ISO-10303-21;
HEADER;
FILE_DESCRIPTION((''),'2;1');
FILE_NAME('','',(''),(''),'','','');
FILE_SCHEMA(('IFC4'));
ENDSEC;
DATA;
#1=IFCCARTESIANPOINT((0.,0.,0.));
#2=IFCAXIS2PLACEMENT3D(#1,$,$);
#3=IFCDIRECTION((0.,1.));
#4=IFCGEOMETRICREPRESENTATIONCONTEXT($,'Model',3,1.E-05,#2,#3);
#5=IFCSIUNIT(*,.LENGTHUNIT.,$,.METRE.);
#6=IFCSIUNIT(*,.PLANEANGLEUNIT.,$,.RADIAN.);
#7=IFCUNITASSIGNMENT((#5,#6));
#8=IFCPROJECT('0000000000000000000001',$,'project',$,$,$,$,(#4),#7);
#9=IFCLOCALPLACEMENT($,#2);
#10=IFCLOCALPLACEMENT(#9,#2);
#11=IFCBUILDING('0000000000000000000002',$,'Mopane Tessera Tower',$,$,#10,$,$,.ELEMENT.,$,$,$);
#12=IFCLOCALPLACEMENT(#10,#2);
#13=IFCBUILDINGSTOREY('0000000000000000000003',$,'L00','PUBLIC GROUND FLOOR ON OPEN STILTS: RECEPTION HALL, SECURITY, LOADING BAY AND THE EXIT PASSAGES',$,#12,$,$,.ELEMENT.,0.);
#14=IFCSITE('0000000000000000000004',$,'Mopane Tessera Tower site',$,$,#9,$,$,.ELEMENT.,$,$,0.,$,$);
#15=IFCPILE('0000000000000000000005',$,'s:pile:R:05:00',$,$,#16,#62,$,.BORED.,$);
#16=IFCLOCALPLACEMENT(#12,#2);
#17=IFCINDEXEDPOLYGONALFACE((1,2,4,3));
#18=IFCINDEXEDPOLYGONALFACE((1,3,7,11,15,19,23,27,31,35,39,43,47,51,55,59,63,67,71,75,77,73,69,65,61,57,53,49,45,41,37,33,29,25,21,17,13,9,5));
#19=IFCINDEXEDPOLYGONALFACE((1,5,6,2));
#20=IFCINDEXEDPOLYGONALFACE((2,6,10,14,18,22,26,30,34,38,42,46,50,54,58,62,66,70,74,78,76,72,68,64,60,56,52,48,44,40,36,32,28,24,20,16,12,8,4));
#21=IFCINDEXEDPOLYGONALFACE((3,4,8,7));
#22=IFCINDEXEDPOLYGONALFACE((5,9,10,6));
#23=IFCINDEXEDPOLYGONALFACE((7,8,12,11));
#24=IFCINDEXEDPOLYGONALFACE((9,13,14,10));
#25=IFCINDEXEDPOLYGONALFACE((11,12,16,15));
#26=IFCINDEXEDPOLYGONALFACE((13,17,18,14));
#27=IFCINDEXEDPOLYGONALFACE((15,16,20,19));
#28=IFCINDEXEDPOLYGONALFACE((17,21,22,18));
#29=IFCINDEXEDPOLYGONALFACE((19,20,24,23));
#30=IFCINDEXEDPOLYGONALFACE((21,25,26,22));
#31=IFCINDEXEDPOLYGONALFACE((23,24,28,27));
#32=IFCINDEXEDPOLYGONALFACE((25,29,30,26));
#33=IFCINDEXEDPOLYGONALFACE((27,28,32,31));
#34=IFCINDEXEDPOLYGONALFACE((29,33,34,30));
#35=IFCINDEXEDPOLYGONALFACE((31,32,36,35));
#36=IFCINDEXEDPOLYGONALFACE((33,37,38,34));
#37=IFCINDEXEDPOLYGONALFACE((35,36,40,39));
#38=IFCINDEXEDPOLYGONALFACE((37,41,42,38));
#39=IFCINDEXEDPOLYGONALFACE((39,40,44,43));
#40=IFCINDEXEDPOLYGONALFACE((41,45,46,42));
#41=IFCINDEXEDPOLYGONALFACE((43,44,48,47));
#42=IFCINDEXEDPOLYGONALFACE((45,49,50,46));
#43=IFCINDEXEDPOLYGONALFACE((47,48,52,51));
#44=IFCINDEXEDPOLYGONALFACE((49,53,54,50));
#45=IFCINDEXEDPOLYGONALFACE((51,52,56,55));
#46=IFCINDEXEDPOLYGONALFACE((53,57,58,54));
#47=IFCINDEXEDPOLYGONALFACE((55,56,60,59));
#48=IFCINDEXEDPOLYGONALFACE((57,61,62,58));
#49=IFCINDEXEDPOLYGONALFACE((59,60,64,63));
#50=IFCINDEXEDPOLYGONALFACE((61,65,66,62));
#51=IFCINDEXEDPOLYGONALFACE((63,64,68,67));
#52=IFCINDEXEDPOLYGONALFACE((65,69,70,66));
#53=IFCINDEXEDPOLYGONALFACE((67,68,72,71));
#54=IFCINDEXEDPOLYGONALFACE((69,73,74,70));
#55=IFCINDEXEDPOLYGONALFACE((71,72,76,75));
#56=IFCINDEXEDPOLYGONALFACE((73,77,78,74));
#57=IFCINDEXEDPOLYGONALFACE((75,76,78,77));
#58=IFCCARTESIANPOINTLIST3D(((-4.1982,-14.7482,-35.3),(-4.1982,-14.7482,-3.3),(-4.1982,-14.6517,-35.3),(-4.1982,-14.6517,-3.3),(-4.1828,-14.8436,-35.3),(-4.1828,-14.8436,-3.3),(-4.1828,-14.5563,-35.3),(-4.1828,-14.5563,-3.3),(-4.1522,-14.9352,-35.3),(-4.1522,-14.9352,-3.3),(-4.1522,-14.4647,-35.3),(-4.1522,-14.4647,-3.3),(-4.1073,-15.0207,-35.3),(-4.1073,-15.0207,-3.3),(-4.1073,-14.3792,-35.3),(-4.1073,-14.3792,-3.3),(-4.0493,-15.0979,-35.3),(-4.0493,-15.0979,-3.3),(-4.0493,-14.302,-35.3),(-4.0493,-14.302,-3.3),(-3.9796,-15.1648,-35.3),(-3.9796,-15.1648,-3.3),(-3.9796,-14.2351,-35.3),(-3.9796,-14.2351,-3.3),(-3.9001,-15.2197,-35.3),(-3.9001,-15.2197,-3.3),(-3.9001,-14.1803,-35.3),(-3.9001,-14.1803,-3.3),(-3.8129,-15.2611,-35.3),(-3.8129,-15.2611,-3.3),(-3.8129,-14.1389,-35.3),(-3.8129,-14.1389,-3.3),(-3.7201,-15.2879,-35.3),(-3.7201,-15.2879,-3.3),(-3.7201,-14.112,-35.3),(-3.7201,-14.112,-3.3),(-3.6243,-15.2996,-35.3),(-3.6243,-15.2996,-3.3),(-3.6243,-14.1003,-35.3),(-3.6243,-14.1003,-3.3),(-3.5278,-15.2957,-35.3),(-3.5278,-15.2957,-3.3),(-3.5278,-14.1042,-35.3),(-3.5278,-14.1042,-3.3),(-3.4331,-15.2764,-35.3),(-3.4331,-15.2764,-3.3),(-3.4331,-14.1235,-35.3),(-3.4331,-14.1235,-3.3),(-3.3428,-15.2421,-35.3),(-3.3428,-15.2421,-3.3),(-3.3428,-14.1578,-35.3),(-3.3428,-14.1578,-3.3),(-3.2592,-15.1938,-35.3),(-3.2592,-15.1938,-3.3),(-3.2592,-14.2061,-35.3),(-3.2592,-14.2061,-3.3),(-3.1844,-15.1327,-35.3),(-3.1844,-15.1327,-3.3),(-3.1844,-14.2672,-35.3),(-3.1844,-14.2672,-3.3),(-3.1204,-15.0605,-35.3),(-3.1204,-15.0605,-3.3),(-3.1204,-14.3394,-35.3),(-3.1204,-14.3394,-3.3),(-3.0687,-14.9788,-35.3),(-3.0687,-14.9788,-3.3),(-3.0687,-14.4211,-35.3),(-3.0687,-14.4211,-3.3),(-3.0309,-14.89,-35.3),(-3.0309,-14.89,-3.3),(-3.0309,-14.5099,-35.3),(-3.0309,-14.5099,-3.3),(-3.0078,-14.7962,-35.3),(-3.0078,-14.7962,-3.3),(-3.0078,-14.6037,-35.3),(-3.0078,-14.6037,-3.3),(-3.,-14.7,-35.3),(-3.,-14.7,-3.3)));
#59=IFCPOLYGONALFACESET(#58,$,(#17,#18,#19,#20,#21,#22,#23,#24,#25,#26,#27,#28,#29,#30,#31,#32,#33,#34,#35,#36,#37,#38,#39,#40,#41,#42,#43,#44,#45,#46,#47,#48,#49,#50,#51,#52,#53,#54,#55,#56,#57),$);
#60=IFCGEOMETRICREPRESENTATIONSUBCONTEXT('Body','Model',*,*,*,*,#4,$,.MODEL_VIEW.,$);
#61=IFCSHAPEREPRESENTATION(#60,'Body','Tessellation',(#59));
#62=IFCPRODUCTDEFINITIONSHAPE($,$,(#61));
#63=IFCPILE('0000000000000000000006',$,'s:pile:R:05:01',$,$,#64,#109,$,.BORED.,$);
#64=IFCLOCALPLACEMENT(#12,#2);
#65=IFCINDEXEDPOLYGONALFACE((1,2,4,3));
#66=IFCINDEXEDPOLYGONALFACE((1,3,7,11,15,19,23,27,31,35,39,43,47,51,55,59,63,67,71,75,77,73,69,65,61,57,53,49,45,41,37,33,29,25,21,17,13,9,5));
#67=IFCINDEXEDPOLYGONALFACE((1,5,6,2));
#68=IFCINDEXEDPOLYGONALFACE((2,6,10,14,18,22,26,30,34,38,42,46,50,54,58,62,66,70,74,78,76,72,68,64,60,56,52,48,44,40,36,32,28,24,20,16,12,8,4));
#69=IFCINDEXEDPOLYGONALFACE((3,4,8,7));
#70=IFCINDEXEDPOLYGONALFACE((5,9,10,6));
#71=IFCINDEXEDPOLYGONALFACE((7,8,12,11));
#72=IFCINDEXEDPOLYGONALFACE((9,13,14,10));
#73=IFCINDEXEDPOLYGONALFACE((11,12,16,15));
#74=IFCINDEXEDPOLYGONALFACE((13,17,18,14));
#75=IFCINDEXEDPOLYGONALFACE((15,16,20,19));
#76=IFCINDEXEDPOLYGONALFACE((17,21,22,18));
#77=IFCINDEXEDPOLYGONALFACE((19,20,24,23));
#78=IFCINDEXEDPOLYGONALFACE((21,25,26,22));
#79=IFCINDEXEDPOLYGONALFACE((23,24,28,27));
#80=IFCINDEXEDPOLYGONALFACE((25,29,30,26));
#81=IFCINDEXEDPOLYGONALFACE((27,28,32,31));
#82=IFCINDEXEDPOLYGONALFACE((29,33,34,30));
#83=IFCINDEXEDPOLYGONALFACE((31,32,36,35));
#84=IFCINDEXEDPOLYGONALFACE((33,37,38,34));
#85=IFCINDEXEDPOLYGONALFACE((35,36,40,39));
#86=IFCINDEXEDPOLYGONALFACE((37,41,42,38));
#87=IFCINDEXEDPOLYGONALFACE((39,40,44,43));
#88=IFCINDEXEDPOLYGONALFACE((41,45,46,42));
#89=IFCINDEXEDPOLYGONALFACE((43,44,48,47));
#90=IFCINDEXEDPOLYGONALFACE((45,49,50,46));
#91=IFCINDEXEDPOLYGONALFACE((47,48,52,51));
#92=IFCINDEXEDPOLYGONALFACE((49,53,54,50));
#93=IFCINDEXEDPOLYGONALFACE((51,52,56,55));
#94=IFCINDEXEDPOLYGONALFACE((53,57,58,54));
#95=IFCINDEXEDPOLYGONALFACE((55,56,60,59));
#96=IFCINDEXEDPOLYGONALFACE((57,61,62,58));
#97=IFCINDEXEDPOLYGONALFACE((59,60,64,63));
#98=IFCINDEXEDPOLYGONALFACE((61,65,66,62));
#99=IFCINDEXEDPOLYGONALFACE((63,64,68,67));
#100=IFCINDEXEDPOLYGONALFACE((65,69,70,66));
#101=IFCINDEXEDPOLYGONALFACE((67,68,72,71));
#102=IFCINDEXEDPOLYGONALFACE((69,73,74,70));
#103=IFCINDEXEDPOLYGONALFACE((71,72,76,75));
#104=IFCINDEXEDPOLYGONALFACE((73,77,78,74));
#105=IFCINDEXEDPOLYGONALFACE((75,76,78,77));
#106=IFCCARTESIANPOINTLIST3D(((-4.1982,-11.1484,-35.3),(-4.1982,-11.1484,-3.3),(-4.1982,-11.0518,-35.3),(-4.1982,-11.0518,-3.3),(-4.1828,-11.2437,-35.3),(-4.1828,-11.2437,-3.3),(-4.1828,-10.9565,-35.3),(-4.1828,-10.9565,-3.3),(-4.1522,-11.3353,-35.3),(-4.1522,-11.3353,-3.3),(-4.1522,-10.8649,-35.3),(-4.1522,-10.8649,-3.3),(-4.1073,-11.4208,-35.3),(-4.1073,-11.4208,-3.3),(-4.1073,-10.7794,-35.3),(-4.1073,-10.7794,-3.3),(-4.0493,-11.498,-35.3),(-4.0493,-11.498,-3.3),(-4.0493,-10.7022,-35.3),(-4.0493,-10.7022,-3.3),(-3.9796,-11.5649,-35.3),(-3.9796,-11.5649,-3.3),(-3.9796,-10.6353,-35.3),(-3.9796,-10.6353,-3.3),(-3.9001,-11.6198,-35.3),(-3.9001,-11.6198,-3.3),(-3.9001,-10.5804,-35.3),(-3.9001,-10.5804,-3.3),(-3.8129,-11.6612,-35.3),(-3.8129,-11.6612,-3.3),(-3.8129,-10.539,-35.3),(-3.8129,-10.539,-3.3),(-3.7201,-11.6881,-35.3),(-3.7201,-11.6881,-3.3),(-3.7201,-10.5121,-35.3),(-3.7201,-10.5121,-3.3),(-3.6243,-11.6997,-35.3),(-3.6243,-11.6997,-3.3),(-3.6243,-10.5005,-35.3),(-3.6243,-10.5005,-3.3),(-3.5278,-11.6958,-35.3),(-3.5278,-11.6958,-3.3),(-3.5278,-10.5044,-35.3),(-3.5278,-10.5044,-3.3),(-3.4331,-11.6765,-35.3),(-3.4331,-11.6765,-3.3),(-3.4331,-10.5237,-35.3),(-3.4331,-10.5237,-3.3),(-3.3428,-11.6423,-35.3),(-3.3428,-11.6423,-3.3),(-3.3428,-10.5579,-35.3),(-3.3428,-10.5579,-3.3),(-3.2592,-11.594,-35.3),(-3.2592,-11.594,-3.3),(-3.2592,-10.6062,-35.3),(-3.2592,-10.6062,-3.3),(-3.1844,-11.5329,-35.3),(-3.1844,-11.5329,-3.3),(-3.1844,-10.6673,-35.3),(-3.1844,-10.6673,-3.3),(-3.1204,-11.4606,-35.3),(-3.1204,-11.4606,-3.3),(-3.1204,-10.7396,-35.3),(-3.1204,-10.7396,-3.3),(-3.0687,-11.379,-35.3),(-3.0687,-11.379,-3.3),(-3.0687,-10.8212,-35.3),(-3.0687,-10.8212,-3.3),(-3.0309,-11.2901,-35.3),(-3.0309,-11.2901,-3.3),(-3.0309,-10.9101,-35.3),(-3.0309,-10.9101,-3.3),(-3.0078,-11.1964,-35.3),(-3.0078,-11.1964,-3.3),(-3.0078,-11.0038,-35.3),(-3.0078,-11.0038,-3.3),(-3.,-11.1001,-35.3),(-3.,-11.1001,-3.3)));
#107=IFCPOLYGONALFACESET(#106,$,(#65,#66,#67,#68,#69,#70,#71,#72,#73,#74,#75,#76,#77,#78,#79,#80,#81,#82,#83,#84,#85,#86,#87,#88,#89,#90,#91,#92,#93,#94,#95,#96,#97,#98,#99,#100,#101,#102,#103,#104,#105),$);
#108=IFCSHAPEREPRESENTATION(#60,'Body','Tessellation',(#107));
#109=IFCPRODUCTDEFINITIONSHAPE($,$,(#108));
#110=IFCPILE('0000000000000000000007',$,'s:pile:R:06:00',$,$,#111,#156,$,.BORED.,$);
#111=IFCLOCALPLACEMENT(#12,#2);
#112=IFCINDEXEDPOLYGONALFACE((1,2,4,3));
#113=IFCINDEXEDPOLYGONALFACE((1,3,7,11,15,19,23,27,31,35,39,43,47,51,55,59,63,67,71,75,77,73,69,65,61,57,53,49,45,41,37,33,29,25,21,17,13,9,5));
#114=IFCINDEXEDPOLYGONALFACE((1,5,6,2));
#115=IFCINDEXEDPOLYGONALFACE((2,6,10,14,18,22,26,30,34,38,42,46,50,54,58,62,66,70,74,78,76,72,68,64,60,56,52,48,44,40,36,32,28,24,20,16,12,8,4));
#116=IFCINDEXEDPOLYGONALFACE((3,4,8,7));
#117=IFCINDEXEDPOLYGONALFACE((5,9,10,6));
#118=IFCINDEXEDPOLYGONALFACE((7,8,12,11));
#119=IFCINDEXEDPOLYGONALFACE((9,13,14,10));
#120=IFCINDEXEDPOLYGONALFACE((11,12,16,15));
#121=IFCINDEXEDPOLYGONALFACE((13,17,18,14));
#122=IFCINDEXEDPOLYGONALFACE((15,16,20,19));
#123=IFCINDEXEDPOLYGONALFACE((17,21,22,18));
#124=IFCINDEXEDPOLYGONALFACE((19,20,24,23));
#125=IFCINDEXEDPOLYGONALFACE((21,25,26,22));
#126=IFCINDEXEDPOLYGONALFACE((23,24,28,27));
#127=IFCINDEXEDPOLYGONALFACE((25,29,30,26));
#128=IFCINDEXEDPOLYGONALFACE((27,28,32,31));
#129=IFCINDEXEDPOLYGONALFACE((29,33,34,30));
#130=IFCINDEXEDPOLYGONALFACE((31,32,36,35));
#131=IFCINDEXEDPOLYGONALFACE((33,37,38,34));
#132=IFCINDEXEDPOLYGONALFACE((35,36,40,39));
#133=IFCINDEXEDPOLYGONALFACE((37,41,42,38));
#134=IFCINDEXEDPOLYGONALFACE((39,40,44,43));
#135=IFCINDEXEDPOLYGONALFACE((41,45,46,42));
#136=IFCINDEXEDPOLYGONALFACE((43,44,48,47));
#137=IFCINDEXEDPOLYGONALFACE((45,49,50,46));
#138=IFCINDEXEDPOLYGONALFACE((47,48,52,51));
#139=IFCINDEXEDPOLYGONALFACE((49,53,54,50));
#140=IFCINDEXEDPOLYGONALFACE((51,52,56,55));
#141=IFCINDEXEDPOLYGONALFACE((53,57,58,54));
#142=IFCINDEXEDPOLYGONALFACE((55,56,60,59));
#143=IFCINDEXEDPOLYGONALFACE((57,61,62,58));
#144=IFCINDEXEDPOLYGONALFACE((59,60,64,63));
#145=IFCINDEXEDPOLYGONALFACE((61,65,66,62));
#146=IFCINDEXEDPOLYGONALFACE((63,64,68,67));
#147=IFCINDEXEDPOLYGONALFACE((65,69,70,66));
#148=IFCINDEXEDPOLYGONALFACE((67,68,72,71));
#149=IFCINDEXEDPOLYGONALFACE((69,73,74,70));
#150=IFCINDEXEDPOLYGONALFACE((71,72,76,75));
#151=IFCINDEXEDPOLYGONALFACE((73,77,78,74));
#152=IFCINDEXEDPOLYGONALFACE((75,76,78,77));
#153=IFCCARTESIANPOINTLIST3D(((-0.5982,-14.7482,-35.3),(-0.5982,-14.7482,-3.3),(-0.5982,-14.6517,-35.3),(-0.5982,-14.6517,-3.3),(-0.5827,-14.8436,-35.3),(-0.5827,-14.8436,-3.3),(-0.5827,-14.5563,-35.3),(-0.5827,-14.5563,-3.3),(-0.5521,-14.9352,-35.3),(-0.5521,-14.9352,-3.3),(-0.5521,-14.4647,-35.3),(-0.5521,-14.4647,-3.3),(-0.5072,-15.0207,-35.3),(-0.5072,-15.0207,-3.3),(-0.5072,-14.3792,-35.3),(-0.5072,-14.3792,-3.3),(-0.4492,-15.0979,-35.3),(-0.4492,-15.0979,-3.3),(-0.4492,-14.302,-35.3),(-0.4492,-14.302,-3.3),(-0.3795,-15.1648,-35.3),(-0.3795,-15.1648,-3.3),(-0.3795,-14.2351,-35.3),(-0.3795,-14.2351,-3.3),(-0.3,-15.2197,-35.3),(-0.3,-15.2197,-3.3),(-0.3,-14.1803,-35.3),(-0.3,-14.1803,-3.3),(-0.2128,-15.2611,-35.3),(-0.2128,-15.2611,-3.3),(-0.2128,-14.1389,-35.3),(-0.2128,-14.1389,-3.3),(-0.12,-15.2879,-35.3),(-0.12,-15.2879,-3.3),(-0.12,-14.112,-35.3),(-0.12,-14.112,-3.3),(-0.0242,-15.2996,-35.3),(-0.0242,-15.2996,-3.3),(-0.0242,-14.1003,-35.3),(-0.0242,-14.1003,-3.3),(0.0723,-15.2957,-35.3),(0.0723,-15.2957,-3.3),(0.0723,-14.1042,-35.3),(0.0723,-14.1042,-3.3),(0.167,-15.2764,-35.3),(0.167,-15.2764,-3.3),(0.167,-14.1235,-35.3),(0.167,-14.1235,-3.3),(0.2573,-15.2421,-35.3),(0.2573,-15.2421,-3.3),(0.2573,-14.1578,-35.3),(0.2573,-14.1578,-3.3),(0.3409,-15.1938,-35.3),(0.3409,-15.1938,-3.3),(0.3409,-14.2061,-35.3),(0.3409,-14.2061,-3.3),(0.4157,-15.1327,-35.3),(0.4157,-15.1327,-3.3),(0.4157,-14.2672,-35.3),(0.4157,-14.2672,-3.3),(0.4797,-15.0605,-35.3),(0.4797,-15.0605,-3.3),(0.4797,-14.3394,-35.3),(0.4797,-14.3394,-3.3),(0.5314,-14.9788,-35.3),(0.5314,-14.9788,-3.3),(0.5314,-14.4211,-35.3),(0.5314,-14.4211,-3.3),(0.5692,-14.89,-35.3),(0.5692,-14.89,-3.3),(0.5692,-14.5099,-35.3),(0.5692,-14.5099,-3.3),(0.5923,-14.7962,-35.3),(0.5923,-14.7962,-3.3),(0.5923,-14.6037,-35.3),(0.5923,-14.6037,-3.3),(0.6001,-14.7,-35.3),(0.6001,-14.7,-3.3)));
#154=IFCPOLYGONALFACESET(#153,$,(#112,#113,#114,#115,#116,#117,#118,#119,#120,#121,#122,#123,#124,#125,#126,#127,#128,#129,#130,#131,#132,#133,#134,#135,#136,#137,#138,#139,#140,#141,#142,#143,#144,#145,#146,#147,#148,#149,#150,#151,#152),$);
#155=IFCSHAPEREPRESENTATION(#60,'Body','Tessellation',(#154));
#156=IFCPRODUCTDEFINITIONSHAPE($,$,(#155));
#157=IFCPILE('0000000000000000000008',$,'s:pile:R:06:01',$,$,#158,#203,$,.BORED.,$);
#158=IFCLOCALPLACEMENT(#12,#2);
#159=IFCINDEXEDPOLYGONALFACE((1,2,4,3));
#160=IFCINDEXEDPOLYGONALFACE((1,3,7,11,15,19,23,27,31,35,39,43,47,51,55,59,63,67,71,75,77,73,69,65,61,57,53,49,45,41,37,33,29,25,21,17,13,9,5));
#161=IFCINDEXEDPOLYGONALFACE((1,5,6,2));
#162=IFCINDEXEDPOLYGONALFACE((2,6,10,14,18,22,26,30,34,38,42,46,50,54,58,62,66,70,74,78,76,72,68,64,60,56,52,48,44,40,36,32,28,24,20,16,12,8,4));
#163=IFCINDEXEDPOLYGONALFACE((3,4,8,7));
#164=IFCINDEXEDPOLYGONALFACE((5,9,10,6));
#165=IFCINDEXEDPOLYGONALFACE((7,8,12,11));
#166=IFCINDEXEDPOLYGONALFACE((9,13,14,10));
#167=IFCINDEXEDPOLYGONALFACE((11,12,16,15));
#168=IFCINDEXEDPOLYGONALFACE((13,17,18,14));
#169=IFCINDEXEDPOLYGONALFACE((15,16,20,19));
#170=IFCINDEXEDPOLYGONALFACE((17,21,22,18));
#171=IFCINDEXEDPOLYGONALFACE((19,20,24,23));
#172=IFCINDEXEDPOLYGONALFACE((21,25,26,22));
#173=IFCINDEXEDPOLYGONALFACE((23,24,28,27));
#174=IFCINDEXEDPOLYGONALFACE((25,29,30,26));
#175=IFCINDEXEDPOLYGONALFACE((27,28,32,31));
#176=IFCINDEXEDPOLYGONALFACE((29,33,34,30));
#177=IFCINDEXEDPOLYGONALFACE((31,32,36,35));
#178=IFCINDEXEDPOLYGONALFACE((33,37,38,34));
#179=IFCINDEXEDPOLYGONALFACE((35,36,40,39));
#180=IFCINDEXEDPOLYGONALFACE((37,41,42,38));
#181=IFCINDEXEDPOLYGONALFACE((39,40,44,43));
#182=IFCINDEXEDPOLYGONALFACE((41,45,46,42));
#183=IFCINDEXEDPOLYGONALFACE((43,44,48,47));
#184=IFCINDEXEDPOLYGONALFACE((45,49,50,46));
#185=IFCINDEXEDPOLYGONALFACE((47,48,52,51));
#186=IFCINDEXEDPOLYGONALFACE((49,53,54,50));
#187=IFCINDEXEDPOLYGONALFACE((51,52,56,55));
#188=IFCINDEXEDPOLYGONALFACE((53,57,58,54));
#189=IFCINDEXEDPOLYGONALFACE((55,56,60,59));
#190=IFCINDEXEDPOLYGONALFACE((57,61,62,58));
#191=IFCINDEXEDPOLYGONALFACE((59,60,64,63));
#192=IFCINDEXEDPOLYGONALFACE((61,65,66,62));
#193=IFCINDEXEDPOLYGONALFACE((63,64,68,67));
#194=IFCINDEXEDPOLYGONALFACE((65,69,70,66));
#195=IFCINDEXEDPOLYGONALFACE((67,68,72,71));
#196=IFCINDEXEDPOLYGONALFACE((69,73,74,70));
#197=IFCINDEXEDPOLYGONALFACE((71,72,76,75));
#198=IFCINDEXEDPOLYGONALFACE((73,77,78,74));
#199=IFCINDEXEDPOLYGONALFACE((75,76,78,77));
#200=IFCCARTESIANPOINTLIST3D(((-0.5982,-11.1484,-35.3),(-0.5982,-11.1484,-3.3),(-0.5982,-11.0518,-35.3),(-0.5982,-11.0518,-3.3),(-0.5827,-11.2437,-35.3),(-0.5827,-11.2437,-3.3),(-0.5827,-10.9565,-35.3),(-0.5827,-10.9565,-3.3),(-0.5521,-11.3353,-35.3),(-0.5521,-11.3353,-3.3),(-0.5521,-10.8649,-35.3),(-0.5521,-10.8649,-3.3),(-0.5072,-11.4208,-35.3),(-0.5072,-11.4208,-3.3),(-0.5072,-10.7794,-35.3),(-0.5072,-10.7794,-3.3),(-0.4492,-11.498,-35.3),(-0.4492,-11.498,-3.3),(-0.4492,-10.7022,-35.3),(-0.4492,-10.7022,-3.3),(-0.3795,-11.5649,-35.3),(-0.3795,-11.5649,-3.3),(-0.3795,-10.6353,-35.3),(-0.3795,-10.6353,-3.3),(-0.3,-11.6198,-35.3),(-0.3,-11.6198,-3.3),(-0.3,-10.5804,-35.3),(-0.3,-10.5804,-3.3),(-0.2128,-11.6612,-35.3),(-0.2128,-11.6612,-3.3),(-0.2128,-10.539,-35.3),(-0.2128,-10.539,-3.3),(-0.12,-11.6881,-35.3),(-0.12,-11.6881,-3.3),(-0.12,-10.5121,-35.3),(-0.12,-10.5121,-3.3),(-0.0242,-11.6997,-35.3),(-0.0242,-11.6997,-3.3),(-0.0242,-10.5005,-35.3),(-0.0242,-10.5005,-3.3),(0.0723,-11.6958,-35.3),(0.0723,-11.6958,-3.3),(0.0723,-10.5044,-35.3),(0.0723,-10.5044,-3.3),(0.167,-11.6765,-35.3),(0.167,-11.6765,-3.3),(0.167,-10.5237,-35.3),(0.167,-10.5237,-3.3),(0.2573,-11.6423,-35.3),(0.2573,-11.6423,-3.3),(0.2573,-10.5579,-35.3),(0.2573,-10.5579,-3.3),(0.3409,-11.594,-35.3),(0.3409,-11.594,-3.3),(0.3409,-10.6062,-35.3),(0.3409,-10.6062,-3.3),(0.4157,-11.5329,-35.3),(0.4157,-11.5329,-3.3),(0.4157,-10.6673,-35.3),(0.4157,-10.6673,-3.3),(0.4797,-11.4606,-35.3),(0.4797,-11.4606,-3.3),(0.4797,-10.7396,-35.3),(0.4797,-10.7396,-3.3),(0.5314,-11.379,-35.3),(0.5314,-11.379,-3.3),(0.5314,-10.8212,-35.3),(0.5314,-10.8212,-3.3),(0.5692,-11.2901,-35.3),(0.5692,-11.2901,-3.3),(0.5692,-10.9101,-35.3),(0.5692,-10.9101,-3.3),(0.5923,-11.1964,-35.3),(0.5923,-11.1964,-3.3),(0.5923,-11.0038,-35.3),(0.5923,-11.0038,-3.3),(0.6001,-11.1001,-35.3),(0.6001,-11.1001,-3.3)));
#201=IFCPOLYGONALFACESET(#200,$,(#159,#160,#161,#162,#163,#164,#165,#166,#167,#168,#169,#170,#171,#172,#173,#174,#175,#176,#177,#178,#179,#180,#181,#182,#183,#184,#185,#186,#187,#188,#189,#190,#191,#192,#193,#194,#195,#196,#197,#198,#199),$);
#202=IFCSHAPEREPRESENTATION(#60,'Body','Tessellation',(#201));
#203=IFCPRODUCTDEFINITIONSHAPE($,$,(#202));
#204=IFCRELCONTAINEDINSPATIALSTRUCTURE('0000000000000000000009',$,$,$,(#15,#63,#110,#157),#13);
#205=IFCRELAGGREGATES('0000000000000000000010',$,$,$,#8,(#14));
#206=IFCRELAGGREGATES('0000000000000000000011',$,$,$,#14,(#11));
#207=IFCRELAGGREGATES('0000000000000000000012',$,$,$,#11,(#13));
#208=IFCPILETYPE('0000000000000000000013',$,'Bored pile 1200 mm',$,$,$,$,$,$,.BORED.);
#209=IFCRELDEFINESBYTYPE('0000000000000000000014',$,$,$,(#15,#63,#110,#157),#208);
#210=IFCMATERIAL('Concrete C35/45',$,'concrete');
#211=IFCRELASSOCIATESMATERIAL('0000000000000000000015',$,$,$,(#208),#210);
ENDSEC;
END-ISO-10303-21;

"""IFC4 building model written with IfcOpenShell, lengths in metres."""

from ifc_helpers import new_model, si_unit, direction, frame, origin, origin_2d, place, context, subcontext, project, spatial, circle, extrude, material, material_profile, profile_set, type_object, element, save


model = new_model("IFC4")

# Units and contexts
model_context = context("Model", 3, precision=1e-05, world=origin(), true_north=direction((0.0, 1.0)))
body_context = subcontext(model_context, "Body", "Model", "MODEL_VIEW")
ifc_project = project(units=[si_unit("LENGTHUNIT", "METRE"), si_unit("PLANEANGLEUNIT", "RADIAN")], contexts=[model_context])

# Site, building, storey
site_placement = place(None, origin())
site = spatial("IfcSite", under=ifc_project, at=site_placement, Name="Mopane Tessera Tower site", CompositionType="ELEMENT", RefElevation=0.0)
building_placement = place(site_placement, origin())
building = spatial("IfcBuilding", under=site, at=building_placement, Name="Mopane Tessera Tower", CompositionType="ELEMENT")
storey_placement = place(building_placement, origin())
storey = spatial("IfcBuildingStorey", under=building, at=storey_placement, Name="L00", Description="PUBLIC GROUND FLOOR ON OPEN STILTS: RECEPTION HALL, SECURITY, LOADING BAY AND THE EXIT PASSAGES", CompositionType="ELEMENT", Elevation=0.0)

# Piles
ifc_material_1 = material(Name="Concrete C35/45", Category="concrete")
ifc_material_profile_1 = material_profile(ifc_material_1, circle(Radius=0.6001, at=origin_2d()))
ifc_profile_set_1 = profile_set([ifc_material_profile_1], Name="Concrete C35/45")
pile_type_1 = type_object("IfcPileType", Name="Bored pile 1200 mm", PredefinedType="BORED", material=ifc_profile_set_1)
for number, where, z_axis, x_axis, name in (
    (1, (-3.6001, -14.7, -3.3), (0.0, 0.0, -1.0), (1.0, 0.0, 0.0), "s:pile:R:05:00"),
    (2, (-3.6001, -11.1001, -3.3), (0.0, 0.0, -1.0), (1.0, 0.0, 0.0), "s:pile:R:05:01"),
    (3, (0.0, -14.7, -3.3), (0.0, 0.0, -1.0), (1.0, 0.0, 0.0), "s:pile:R:06:00"),
    (4, (0.0, -11.1001, -3.3), (0.0, 0.0, -1.0), (1.0, 0.0, 0.0), "s:pile:R:06:01"),
):
    element("IfcPile", number, at=place(storey_placement, frame(where, z_axis=z_axis, x_axis=x_axis)), inside=storey, type_object=pile_type_1, Name=name, PredefinedType="BORED", context=body_context, shape_type="SweptSolid", body=[
        extrude(circle(Radius=0.6001, at=origin_2d()), origin(), (0.0, 0.0, 1.0), 32.0),
    ])

save(model, "model.ifc")
